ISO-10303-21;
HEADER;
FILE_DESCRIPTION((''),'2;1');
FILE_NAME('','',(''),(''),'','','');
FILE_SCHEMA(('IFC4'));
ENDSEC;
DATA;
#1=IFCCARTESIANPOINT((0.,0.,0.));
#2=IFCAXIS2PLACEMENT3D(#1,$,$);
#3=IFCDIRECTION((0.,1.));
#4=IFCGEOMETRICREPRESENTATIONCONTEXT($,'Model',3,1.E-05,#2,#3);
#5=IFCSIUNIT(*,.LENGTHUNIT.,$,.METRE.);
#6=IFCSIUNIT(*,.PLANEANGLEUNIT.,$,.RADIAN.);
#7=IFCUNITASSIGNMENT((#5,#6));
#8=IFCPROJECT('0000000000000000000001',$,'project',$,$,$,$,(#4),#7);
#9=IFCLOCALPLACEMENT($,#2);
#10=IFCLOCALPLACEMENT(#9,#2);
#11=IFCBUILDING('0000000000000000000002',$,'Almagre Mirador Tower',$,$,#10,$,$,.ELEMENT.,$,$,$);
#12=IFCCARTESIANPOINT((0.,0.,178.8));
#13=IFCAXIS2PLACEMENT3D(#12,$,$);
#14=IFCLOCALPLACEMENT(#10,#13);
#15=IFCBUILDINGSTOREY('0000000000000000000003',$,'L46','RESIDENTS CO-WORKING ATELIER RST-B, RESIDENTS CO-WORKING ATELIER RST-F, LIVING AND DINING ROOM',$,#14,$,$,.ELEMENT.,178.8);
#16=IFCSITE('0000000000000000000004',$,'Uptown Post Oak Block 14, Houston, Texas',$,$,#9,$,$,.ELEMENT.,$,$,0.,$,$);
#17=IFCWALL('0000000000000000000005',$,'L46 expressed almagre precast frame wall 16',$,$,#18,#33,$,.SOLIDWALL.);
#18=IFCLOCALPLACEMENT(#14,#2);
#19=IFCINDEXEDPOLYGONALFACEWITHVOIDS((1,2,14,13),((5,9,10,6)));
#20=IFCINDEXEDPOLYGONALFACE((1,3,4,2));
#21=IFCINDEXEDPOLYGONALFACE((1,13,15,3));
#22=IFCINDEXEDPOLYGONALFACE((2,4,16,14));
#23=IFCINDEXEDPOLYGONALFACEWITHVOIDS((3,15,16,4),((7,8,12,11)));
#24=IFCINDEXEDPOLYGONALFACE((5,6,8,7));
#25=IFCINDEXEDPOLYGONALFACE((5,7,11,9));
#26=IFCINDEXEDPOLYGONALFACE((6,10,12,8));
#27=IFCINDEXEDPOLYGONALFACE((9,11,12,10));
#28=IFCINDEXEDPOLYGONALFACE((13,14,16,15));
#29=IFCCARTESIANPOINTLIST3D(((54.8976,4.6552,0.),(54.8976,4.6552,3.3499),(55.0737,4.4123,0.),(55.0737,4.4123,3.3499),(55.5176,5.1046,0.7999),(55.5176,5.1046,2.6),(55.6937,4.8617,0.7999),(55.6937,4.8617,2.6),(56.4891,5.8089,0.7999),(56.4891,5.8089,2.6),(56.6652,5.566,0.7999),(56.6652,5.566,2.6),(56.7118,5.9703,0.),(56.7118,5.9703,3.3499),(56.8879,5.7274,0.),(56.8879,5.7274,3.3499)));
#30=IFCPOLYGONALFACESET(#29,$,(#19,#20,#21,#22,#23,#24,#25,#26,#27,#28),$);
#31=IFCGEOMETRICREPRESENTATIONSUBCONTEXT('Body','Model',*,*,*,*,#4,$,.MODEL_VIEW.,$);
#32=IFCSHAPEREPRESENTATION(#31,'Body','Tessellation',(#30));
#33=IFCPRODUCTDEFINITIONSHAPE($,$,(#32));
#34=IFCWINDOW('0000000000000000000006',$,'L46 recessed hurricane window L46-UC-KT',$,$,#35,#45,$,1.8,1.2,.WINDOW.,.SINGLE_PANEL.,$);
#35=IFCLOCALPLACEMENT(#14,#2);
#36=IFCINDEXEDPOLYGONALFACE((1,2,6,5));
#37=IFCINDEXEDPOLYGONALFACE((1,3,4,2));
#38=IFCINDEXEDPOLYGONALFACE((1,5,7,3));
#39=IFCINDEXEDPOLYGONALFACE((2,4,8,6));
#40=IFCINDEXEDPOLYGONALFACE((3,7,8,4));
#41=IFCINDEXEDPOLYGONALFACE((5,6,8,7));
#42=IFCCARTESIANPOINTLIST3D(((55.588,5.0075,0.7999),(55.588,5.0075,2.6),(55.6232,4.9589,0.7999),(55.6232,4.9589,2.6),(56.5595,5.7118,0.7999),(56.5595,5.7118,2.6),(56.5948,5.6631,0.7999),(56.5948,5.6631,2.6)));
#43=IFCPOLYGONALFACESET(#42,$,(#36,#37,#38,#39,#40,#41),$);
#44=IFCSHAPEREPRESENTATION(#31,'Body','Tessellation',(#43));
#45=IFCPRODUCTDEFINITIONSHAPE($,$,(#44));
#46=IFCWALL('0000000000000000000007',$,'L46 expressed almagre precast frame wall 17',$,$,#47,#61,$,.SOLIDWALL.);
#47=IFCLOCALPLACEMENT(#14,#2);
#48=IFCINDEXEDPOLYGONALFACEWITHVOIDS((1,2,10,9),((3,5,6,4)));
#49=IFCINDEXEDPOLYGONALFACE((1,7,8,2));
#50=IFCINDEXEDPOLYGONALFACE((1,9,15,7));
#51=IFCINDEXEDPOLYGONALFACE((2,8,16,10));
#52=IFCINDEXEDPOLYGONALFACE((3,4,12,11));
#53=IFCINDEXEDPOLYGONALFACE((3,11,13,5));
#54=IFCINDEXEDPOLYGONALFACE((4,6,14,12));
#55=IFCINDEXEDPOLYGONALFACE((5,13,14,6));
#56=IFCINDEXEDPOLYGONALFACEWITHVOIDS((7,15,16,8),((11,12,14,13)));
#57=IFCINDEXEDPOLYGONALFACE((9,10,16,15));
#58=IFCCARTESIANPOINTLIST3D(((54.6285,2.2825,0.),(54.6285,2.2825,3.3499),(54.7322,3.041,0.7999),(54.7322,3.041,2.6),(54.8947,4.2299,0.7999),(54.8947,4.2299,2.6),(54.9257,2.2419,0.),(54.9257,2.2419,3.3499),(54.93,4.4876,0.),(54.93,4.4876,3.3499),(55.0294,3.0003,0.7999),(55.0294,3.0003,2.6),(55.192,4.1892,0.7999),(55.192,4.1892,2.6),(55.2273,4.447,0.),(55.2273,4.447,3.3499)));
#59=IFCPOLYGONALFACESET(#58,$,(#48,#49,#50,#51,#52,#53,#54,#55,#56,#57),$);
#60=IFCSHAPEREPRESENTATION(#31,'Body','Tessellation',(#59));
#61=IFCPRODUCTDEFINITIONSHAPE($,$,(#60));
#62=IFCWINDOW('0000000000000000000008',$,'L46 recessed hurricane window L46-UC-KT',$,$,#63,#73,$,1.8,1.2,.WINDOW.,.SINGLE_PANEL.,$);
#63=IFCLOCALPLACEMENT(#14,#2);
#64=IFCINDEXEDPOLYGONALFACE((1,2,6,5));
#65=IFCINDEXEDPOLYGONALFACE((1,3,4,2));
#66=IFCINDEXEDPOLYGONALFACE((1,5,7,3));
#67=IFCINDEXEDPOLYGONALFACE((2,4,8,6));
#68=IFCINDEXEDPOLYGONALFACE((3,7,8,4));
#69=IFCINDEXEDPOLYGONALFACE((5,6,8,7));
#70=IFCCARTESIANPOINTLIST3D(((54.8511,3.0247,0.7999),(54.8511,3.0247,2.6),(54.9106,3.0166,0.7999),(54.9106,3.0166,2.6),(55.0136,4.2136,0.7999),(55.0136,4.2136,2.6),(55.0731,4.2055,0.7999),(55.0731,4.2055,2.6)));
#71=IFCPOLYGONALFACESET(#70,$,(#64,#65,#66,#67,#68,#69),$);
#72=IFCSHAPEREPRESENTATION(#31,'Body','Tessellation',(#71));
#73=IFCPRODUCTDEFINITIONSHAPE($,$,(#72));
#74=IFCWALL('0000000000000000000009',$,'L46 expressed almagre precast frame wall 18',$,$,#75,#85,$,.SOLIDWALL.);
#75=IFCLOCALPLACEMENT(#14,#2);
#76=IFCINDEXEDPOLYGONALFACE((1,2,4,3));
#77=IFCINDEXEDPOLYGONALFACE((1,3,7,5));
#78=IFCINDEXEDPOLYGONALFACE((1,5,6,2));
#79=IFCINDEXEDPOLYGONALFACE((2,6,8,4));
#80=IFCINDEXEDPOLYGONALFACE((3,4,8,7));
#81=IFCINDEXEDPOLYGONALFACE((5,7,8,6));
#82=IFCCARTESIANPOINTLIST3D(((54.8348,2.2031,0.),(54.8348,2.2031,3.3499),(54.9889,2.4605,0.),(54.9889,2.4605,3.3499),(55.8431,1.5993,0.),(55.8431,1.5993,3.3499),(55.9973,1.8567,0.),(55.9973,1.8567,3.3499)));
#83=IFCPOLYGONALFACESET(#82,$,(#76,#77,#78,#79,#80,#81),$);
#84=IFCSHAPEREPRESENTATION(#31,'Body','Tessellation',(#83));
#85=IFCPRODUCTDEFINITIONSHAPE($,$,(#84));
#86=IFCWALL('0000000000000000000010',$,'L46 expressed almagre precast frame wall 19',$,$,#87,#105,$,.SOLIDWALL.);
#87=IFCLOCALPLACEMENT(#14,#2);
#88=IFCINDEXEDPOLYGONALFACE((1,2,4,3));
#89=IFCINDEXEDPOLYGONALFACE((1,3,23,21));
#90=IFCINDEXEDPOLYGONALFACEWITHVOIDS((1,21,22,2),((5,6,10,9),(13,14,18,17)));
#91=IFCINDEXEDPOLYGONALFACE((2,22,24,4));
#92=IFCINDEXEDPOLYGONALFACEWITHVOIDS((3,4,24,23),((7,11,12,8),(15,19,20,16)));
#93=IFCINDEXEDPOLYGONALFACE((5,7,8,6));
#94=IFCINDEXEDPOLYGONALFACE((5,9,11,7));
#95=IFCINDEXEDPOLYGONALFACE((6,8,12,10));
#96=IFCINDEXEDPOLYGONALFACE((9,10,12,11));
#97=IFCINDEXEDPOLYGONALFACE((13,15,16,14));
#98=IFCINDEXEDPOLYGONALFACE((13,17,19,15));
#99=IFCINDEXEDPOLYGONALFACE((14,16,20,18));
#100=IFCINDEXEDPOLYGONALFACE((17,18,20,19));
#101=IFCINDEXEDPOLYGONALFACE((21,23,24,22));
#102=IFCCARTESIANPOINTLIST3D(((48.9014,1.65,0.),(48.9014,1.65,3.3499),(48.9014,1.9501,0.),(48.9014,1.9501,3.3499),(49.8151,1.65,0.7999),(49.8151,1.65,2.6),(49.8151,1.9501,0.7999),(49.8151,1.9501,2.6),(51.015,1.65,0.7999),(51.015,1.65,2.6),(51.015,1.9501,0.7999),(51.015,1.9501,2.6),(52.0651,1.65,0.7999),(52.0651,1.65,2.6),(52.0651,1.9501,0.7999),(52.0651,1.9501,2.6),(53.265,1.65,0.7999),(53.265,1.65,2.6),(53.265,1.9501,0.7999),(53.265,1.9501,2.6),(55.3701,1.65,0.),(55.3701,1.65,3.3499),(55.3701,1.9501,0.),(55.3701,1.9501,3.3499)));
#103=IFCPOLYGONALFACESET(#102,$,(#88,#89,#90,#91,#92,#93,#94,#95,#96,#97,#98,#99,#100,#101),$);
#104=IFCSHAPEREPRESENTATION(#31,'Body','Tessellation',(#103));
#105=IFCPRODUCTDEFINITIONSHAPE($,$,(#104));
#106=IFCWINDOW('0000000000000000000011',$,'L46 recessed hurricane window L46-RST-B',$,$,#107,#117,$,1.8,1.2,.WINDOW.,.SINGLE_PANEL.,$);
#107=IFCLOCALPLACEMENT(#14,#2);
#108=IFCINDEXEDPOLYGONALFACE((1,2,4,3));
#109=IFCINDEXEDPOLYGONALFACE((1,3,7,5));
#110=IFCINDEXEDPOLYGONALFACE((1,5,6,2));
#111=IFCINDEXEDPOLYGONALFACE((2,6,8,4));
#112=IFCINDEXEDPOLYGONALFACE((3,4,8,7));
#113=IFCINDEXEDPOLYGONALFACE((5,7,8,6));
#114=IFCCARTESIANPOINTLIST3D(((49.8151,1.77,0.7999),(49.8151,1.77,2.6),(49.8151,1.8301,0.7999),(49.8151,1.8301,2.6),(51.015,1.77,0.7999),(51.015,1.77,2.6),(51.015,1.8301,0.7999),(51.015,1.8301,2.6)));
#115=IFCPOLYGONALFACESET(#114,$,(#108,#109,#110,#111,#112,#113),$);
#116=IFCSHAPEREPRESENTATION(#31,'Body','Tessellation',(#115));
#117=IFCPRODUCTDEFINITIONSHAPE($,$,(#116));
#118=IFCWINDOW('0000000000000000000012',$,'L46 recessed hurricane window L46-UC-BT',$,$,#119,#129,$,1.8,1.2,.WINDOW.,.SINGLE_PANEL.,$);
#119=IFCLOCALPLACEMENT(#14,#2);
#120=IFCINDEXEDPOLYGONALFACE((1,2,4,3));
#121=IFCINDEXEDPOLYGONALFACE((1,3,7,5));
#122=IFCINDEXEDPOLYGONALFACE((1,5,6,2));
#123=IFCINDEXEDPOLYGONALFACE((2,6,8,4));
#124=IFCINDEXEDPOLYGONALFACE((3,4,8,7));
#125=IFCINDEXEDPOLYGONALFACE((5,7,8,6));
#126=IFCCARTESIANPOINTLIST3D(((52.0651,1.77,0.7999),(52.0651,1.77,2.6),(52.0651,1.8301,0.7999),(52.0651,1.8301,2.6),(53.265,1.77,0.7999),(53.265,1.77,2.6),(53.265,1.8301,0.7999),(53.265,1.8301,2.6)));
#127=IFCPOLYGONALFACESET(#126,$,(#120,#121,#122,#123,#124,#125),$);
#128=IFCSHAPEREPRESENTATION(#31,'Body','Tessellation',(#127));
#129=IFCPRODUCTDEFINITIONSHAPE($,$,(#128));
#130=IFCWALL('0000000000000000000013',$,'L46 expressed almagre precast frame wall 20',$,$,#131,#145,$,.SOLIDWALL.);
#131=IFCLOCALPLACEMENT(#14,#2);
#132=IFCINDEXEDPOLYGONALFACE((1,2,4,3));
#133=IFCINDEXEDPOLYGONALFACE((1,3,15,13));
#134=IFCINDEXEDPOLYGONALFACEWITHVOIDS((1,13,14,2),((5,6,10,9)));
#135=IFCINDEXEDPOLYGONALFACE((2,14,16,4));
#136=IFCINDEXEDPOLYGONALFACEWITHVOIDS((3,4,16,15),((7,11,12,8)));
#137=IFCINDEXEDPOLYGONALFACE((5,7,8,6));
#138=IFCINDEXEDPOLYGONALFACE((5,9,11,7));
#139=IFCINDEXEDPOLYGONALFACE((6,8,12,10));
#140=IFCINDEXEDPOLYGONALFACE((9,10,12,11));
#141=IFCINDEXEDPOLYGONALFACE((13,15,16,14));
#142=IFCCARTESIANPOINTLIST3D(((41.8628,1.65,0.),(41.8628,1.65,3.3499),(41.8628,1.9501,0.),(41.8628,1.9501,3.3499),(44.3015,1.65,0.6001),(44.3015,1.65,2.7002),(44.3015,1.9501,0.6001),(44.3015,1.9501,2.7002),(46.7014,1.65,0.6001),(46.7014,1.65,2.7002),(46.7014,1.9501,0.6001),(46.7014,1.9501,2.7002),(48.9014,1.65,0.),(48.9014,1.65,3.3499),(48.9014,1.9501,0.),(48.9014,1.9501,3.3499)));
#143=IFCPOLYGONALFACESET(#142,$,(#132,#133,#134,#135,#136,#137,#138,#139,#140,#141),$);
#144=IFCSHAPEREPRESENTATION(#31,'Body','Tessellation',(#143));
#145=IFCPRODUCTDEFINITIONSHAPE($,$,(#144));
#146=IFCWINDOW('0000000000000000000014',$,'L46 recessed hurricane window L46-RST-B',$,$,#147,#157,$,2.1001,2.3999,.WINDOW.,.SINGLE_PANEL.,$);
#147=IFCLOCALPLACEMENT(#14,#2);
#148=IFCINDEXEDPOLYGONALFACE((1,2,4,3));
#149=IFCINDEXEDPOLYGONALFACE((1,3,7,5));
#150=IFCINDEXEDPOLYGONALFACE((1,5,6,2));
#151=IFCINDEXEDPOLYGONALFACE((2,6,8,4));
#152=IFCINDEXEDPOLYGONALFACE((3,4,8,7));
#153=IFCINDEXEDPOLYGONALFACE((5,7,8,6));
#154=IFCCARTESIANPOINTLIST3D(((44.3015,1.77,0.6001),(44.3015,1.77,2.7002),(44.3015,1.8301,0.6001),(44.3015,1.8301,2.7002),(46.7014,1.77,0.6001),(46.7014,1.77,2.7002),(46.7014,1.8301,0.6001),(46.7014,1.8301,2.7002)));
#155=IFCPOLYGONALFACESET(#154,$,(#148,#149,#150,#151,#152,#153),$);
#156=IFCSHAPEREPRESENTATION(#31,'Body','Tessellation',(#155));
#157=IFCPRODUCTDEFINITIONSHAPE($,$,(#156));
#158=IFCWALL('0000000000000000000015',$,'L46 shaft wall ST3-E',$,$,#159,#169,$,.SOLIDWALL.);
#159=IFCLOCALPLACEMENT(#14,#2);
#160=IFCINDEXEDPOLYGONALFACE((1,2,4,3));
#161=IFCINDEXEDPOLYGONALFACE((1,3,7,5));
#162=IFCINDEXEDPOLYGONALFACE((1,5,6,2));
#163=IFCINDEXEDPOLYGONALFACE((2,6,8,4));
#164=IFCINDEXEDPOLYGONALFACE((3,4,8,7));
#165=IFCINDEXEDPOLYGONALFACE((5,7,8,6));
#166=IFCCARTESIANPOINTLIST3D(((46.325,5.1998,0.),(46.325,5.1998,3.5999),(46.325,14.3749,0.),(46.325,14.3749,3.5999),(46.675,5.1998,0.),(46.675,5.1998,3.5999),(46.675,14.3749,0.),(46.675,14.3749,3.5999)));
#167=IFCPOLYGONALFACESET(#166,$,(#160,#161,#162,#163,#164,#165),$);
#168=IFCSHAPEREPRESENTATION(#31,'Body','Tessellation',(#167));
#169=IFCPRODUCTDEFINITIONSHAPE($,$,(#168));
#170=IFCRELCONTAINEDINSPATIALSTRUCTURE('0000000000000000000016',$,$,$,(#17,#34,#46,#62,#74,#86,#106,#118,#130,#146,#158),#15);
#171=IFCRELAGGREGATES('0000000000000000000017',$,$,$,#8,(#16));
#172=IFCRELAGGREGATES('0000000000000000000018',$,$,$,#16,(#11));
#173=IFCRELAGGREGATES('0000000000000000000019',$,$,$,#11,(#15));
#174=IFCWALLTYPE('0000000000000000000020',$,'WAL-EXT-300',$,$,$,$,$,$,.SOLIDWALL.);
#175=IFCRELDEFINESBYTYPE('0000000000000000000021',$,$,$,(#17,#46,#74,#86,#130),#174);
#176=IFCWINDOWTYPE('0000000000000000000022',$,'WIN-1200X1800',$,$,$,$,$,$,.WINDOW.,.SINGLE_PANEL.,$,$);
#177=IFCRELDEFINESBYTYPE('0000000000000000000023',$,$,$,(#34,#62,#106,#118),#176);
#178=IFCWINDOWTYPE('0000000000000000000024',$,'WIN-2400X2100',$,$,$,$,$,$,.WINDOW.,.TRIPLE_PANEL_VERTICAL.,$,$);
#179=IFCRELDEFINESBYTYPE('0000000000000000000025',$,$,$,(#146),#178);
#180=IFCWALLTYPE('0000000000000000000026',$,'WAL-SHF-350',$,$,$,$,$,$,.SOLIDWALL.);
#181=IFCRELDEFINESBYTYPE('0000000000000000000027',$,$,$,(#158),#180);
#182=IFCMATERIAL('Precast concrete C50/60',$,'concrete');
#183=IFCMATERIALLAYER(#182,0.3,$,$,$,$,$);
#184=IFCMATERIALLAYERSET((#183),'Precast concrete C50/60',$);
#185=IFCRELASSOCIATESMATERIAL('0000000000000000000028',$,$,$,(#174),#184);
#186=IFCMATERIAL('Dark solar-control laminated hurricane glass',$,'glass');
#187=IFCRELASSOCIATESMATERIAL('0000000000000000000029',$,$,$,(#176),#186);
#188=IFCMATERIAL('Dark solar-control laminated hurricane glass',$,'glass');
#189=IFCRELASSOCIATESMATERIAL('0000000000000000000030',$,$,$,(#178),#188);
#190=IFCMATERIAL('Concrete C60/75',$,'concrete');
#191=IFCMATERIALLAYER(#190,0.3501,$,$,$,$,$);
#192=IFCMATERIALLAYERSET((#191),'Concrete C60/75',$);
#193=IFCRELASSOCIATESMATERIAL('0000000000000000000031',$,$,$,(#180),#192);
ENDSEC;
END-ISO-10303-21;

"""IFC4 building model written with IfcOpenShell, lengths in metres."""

from ifc_helpers import new_model, si_unit, direction, frame, frame_2d, origin, place, context, subcontext, project, spatial, rectangle, extrude, material, layer, layer_set, type_object, element, fill, save


model = new_model("IFC4")

# Units and contexts
model_context = context("Model", 3, precision=1e-05, world=origin(), true_north=direction((0.0, 1.0)))
body_context = subcontext(model_context, "Body", "Model", "MODEL_VIEW")
ifc_project = project(units=[si_unit("LENGTHUNIT", "METRE"), si_unit("PLANEANGLEUNIT", "RADIAN")], contexts=[model_context])

# Site, building, storey
site_placement = place(None, origin())
site = spatial("IfcSite", under=ifc_project, at=site_placement, Name="Uptown Post Oak Block 14, Houston, Texas", CompositionType="ELEMENT", RefElevation=0.0)
building_placement = place(site_placement, origin())
building = spatial("IfcBuilding", under=site, at=building_placement, Name="Almagre Mirador Tower", CompositionType="ELEMENT")
storey_placement = place(building_placement, frame((0.0, 0.0, 178.8)))
storey = spatial("IfcBuildingStorey", under=building, at=storey_placement, Name="L46", Description="RESIDENTS CO-WORKING ATELIER RST-B, RESIDENTS CO-WORKING ATELIER RST-F, LIVING AND DINING ROOM", CompositionType="ELEMENT", Elevation=178.8)

# Shared definitions
ifc_material_1 = material(Name="Precast concrete C50/60", Category="concrete")
ifc_layer_1 = layer(ifc_material_1, 0.3)
ifc_layer_set_1 = layer_set([ifc_layer_1], Name="Precast concrete C50/60")
wall_type_1 = type_object("IfcWallType", Name="WAL-EXT-300", PredefinedType="SOLIDWALL", material=ifc_layer_set_1)

# Walls, openings, windows
wall_1_placement = place(storey_placement, frame((56.7998, 5.8489, 0.0), z_axis=(0.0, 0.0, 1.0), x_axis=(-0.809635, -0.586934, 0.0)))
wall_1 = element("IfcWall", 1, at=wall_1_placement, inside=storey, type_object=wall_type_1, Name="L46 expressed almagre precast frame wall 16", PredefinedType="SOLIDWALL", context=body_context, shape_type="SweptSolid", body=[
    extrude(rectangle(XDim=2.2407, YDim=0.3, at=frame_2d((1.1204, 0.0))), origin(), (0.0, 0.0, 1.0), 3.3499),
])
opening_1_placement = place(wall_1_placement, frame((0.2749, 0.0, 0.8)))
opening_1 = element("IfcOpeningElement", 2, at=opening_1_placement, cuts=wall_1, PredefinedType="OPENING", context=body_context, shape_type="SweptSolid", body=[
    extrude(rectangle(XDim=1.2, YDim=1.8, at=frame_2d((0.6001, 0.8999))), frame((0.0, 0.1599, 0.0), z_axis=(0.0, -1.0, 0.0), x_axis=(1.0, 0.0, 0.0)), (0.0, 0.0, 1.0), 0.32),
])
ifc_material_2 = material(Name="Dark solar-control laminated hurricane glass", Category="glass")
window_type_1 = type_object("IfcWindowType", Name="WIN-1200X1800", PartitioningType="SINGLE_PANEL", PredefinedType="WINDOW", material=ifc_material_2)
window_1_placement = place(opening_1_placement, origin())
window_1 = element("IfcWindow", 3, at=window_1_placement, inside=storey, type_object=window_type_1, Name="L46 recessed hurricane window L46-UC-KT", OverallHeight=1.8, OverallWidth=1.2, PartitioningType="SINGLE_PANEL", PredefinedType="WINDOW", context=body_context, shape_type="SweptSolid", body=[
    extrude(rectangle(XDim=1.2, YDim=1.8, at=frame_2d((0.6001, 0.8999))), frame((0.0, 0.03, 0.0), z_axis=(0.0, -1.0, 0.0), x_axis=(1.0, 0.0, 0.0)), (0.0, 0.0, 1.0), 0.0601),
])
fill(opening_1, window_1)
wall_2_placement = place(storey_placement, frame((55.0786, 4.4673, 0.0), z_axis=(0.0, 0.0, 1.0), x_axis=(-0.135475, -0.990781, 0.0)))
wall_2 = element("IfcWall", 4, at=wall_2_placement, inside=storey, type_object=wall_type_1, Name="L46 expressed almagre precast frame wall 17", PredefinedType="SOLIDWALL", context=body_context, shape_type="SweptSolid", body=[
    extrude(rectangle(XDim=2.2256, YDim=0.3, at=frame_2d((1.1128, 0.0))), origin(), (0.0, 0.0, 1.0), 3.3499),
])
opening_2_placement = place(wall_2_placement, frame((0.26, 0.0, 0.8)))
opening_2 = element("IfcOpeningElement", 5, at=opening_2_placement, cuts=wall_2, PredefinedType="OPENING", context=body_context, shape_type="SweptSolid", body=[
    extrude(rectangle(XDim=1.2, YDim=1.8, at=frame_2d((0.6001, 0.8999))), frame((0.0, 0.1599, 0.0), z_axis=(0.0, -1.0, 0.0), x_axis=(1.0, 0.0, 0.0)), (0.0, 0.0, 1.0), 0.32),
])
window_2_placement = place(opening_2_placement, origin())
window_2 = element("IfcWindow", 6, at=window_2_placement, inside=storey, type_object=window_type_1, Name="L46 recessed hurricane window L46-UC-KT", OverallHeight=1.8, OverallWidth=1.2, PartitioningType="SINGLE_PANEL", PredefinedType="WINDOW", context=body_context, shape_type="SweptSolid", body=[
    extrude(rectangle(XDim=1.2, YDim=1.8, at=frame_2d((0.6001, 0.8999))), frame((0.0, 0.03, 0.0), z_axis=(0.0, -1.0, 0.0), x_axis=(1.0, 0.0, 0.0)), (0.0, 0.0, 1.0), 0.0601),
])
fill(opening_2, window_2)

# Wall
wall_3_placement = place(storey_placement, frame((54.9119, 2.3318, 0.0), z_axis=(0.0, 0.0, 1.0), x_axis=(0.857951, -0.513732, 0.0)))
element("IfcWall", 7, at=wall_3_placement, inside=storey, type_object=wall_type_1, Name="L46 expressed almagre precast frame wall 18", PredefinedType="SOLIDWALL", context=body_context, shape_type="SweptSolid", body=[
    extrude(rectangle(XDim=1.1753, YDim=0.3, at=frame_2d((0.5876, 0.0))), origin(), (0.0, 0.0, 1.0), 3.3499),
])

# Wall, openings, windows
wall_4_placement = place(storey_placement, frame((55.3701, 1.8, 0.0), z_axis=(0.0, 0.0, 1.0), x_axis=(-1.0, 0.0, 0.0)))
wall_4 = element("IfcWall", 8, at=wall_4_placement, inside=storey, type_object=wall_type_1, Name="L46 expressed almagre precast frame wall 19", PredefinedType="SOLIDWALL", context=body_context, shape_type="SweptSolid", body=[
    extrude(rectangle(XDim=6.4688, YDim=0.3, at=frame_2d((3.2344, 0.0))), origin(), (0.0, 0.0, 1.0), 3.3499),
])
opening_3_placement = place(wall_4_placement, frame((4.355, 0.0, 0.8)))
opening_3 = element("IfcOpeningElement", 9, at=opening_3_placement, cuts=wall_4, PredefinedType="OPENING", context=body_context, shape_type="SweptSolid", body=[
    extrude(rectangle(XDim=1.2, YDim=1.8, at=frame_2d((0.6001, 0.8999))), frame((0.0, 0.1599, 0.0), z_axis=(0.0, -1.0, 0.0), x_axis=(1.0, 0.0, 0.0)), (0.0, 0.0, 1.0), 0.32),
])
opening_4_placement = place(wall_4_placement, frame((2.105, 0.0, 0.8)))
opening_4 = element("IfcOpeningElement", 10, at=opening_4_placement, cuts=wall_4, PredefinedType="OPENING", context=body_context, shape_type="SweptSolid", body=[
    extrude(rectangle(XDim=1.2, YDim=1.8, at=frame_2d((0.6001, 0.8999))), frame((0.0, 0.1599, 0.0), z_axis=(0.0, -1.0, 0.0), x_axis=(1.0, 0.0, 0.0)), (0.0, 0.0, 1.0), 0.32),
])
window_3_placement = place(opening_3_placement, origin())
window_3 = element("IfcWindow", 11, at=window_3_placement, inside=storey, type_object=window_type_1, Name="L46 recessed hurricane window L46-RST-B", OverallHeight=1.8, OverallWidth=1.2, PartitioningType="SINGLE_PANEL", PredefinedType="WINDOW", context=body_context, shape_type="SweptSolid", body=[
    extrude(rectangle(XDim=1.2, YDim=1.8, at=frame_2d((0.6001, 0.8999))), frame((0.0, 0.03, 0.0), z_axis=(0.0, -1.0, 0.0), x_axis=(1.0, 0.0, 0.0)), (0.0, 0.0, 1.0), 0.0601),
])
fill(opening_3, window_3)
window_4_placement = place(opening_4_placement, origin())
window_4 = element("IfcWindow", 12, at=window_4_placement, inside=storey, type_object=window_type_1, Name="L46 recessed hurricane window L46-UC-BT", OverallHeight=1.8, OverallWidth=1.2, PartitioningType="SINGLE_PANEL", PredefinedType="WINDOW", context=body_context, shape_type="SweptSolid", body=[
    extrude(rectangle(XDim=1.2, YDim=1.8, at=frame_2d((0.6001, 0.8999))), frame((0.0, 0.03, 0.0), z_axis=(0.0, -1.0, 0.0), x_axis=(1.0, 0.0, 0.0)), (0.0, 0.0, 1.0), 0.0601),
])
fill(opening_4, window_4)

# Wall, opening, window
wall_5_placement = place(storey_placement, frame((48.9014, 1.8, 0.0), z_axis=(0.0, 0.0, 1.0), x_axis=(-1.0, 0.0, 0.0)))
wall_5 = element("IfcWall", 13, at=wall_5_placement, inside=storey, type_object=wall_type_1, Name="L46 expressed almagre precast frame wall 20", PredefinedType="SOLIDWALL", context=body_context, shape_type="SweptSolid", body=[
    extrude(rectangle(XDim=7.0386, YDim=0.3, at=frame_2d((3.5193, 0.0))), origin(), (0.0, 0.0, 1.0), 3.3499),
])
opening_5_placement = place(wall_5_placement, frame((2.2, 0.0, 0.6001)))
opening_5 = element("IfcOpeningElement", 14, at=opening_5_placement, cuts=wall_5, PredefinedType="OPENING", context=body_context, shape_type="SweptSolid", body=[
    extrude(rectangle(XDim=2.3999, YDim=2.1001, at=frame_2d((1.2, 1.05))), frame((0.0, 0.1599, 0.0), z_axis=(0.0, -1.0, 0.0), x_axis=(1.0, 0.0, 0.0)), (0.0, 0.0, 1.0), 0.32),
])
ifc_material_3 = material(Name="Dark solar-control laminated hurricane glass", Category="glass")
window_type_2 = type_object("IfcWindowType", Name="WIN-2400X2100", PartitioningType="TRIPLE_PANEL_VERTICAL", PredefinedType="WINDOW", material=ifc_material_3)
window_5_placement = place(opening_5_placement, origin())
window_5 = element("IfcWindow", 15, at=window_5_placement, inside=storey, type_object=window_type_2, Name="L46 recessed hurricane window L46-RST-B", OverallHeight=2.1001, OverallWidth=2.3999, PartitioningType="SINGLE_PANEL", PredefinedType="WINDOW", context=body_context, shape_type="SweptSolid", body=[
    extrude(rectangle(XDim=2.3999, YDim=2.1001, at=frame_2d((1.2, 1.05))), frame((0.0, 0.03, 0.0), z_axis=(0.0, -1.0, 0.0), x_axis=(1.0, 0.0, 0.0)), (0.0, 0.0, 1.0), 0.0601),
])
fill(opening_5, window_5)

# Wall
ifc_material_4 = material(Name="Concrete C60/75", Category="concrete")
ifc_layer_2 = layer(ifc_material_4, 0.3501)
ifc_layer_set_2 = layer_set([ifc_layer_2], Name="Concrete C60/75")
wall_type_2 = type_object("IfcWallType", Name="WAL-SHF-350", PredefinedType="SOLIDWALL", material=ifc_layer_set_2)
wall_6_placement = place(storey_placement, frame((46.5, 5.2, 0.0), z_axis=(0.0, 0.0, 1.0), x_axis=(0.0, 1.0, 0.0)))
element("IfcWall", 16, at=wall_6_placement, inside=storey, type_object=wall_type_2, Name="L46 shaft wall ST3-E", PredefinedType="SOLIDWALL", context=body_context, shape_type="SweptSolid", body=[
    extrude(rectangle(XDim=9.175, YDim=0.3501, at=frame_2d((4.5874, 0.0))), origin(), (0.0, 0.0, 1.0), 3.5999),
])

save(model, "model.ifc")
